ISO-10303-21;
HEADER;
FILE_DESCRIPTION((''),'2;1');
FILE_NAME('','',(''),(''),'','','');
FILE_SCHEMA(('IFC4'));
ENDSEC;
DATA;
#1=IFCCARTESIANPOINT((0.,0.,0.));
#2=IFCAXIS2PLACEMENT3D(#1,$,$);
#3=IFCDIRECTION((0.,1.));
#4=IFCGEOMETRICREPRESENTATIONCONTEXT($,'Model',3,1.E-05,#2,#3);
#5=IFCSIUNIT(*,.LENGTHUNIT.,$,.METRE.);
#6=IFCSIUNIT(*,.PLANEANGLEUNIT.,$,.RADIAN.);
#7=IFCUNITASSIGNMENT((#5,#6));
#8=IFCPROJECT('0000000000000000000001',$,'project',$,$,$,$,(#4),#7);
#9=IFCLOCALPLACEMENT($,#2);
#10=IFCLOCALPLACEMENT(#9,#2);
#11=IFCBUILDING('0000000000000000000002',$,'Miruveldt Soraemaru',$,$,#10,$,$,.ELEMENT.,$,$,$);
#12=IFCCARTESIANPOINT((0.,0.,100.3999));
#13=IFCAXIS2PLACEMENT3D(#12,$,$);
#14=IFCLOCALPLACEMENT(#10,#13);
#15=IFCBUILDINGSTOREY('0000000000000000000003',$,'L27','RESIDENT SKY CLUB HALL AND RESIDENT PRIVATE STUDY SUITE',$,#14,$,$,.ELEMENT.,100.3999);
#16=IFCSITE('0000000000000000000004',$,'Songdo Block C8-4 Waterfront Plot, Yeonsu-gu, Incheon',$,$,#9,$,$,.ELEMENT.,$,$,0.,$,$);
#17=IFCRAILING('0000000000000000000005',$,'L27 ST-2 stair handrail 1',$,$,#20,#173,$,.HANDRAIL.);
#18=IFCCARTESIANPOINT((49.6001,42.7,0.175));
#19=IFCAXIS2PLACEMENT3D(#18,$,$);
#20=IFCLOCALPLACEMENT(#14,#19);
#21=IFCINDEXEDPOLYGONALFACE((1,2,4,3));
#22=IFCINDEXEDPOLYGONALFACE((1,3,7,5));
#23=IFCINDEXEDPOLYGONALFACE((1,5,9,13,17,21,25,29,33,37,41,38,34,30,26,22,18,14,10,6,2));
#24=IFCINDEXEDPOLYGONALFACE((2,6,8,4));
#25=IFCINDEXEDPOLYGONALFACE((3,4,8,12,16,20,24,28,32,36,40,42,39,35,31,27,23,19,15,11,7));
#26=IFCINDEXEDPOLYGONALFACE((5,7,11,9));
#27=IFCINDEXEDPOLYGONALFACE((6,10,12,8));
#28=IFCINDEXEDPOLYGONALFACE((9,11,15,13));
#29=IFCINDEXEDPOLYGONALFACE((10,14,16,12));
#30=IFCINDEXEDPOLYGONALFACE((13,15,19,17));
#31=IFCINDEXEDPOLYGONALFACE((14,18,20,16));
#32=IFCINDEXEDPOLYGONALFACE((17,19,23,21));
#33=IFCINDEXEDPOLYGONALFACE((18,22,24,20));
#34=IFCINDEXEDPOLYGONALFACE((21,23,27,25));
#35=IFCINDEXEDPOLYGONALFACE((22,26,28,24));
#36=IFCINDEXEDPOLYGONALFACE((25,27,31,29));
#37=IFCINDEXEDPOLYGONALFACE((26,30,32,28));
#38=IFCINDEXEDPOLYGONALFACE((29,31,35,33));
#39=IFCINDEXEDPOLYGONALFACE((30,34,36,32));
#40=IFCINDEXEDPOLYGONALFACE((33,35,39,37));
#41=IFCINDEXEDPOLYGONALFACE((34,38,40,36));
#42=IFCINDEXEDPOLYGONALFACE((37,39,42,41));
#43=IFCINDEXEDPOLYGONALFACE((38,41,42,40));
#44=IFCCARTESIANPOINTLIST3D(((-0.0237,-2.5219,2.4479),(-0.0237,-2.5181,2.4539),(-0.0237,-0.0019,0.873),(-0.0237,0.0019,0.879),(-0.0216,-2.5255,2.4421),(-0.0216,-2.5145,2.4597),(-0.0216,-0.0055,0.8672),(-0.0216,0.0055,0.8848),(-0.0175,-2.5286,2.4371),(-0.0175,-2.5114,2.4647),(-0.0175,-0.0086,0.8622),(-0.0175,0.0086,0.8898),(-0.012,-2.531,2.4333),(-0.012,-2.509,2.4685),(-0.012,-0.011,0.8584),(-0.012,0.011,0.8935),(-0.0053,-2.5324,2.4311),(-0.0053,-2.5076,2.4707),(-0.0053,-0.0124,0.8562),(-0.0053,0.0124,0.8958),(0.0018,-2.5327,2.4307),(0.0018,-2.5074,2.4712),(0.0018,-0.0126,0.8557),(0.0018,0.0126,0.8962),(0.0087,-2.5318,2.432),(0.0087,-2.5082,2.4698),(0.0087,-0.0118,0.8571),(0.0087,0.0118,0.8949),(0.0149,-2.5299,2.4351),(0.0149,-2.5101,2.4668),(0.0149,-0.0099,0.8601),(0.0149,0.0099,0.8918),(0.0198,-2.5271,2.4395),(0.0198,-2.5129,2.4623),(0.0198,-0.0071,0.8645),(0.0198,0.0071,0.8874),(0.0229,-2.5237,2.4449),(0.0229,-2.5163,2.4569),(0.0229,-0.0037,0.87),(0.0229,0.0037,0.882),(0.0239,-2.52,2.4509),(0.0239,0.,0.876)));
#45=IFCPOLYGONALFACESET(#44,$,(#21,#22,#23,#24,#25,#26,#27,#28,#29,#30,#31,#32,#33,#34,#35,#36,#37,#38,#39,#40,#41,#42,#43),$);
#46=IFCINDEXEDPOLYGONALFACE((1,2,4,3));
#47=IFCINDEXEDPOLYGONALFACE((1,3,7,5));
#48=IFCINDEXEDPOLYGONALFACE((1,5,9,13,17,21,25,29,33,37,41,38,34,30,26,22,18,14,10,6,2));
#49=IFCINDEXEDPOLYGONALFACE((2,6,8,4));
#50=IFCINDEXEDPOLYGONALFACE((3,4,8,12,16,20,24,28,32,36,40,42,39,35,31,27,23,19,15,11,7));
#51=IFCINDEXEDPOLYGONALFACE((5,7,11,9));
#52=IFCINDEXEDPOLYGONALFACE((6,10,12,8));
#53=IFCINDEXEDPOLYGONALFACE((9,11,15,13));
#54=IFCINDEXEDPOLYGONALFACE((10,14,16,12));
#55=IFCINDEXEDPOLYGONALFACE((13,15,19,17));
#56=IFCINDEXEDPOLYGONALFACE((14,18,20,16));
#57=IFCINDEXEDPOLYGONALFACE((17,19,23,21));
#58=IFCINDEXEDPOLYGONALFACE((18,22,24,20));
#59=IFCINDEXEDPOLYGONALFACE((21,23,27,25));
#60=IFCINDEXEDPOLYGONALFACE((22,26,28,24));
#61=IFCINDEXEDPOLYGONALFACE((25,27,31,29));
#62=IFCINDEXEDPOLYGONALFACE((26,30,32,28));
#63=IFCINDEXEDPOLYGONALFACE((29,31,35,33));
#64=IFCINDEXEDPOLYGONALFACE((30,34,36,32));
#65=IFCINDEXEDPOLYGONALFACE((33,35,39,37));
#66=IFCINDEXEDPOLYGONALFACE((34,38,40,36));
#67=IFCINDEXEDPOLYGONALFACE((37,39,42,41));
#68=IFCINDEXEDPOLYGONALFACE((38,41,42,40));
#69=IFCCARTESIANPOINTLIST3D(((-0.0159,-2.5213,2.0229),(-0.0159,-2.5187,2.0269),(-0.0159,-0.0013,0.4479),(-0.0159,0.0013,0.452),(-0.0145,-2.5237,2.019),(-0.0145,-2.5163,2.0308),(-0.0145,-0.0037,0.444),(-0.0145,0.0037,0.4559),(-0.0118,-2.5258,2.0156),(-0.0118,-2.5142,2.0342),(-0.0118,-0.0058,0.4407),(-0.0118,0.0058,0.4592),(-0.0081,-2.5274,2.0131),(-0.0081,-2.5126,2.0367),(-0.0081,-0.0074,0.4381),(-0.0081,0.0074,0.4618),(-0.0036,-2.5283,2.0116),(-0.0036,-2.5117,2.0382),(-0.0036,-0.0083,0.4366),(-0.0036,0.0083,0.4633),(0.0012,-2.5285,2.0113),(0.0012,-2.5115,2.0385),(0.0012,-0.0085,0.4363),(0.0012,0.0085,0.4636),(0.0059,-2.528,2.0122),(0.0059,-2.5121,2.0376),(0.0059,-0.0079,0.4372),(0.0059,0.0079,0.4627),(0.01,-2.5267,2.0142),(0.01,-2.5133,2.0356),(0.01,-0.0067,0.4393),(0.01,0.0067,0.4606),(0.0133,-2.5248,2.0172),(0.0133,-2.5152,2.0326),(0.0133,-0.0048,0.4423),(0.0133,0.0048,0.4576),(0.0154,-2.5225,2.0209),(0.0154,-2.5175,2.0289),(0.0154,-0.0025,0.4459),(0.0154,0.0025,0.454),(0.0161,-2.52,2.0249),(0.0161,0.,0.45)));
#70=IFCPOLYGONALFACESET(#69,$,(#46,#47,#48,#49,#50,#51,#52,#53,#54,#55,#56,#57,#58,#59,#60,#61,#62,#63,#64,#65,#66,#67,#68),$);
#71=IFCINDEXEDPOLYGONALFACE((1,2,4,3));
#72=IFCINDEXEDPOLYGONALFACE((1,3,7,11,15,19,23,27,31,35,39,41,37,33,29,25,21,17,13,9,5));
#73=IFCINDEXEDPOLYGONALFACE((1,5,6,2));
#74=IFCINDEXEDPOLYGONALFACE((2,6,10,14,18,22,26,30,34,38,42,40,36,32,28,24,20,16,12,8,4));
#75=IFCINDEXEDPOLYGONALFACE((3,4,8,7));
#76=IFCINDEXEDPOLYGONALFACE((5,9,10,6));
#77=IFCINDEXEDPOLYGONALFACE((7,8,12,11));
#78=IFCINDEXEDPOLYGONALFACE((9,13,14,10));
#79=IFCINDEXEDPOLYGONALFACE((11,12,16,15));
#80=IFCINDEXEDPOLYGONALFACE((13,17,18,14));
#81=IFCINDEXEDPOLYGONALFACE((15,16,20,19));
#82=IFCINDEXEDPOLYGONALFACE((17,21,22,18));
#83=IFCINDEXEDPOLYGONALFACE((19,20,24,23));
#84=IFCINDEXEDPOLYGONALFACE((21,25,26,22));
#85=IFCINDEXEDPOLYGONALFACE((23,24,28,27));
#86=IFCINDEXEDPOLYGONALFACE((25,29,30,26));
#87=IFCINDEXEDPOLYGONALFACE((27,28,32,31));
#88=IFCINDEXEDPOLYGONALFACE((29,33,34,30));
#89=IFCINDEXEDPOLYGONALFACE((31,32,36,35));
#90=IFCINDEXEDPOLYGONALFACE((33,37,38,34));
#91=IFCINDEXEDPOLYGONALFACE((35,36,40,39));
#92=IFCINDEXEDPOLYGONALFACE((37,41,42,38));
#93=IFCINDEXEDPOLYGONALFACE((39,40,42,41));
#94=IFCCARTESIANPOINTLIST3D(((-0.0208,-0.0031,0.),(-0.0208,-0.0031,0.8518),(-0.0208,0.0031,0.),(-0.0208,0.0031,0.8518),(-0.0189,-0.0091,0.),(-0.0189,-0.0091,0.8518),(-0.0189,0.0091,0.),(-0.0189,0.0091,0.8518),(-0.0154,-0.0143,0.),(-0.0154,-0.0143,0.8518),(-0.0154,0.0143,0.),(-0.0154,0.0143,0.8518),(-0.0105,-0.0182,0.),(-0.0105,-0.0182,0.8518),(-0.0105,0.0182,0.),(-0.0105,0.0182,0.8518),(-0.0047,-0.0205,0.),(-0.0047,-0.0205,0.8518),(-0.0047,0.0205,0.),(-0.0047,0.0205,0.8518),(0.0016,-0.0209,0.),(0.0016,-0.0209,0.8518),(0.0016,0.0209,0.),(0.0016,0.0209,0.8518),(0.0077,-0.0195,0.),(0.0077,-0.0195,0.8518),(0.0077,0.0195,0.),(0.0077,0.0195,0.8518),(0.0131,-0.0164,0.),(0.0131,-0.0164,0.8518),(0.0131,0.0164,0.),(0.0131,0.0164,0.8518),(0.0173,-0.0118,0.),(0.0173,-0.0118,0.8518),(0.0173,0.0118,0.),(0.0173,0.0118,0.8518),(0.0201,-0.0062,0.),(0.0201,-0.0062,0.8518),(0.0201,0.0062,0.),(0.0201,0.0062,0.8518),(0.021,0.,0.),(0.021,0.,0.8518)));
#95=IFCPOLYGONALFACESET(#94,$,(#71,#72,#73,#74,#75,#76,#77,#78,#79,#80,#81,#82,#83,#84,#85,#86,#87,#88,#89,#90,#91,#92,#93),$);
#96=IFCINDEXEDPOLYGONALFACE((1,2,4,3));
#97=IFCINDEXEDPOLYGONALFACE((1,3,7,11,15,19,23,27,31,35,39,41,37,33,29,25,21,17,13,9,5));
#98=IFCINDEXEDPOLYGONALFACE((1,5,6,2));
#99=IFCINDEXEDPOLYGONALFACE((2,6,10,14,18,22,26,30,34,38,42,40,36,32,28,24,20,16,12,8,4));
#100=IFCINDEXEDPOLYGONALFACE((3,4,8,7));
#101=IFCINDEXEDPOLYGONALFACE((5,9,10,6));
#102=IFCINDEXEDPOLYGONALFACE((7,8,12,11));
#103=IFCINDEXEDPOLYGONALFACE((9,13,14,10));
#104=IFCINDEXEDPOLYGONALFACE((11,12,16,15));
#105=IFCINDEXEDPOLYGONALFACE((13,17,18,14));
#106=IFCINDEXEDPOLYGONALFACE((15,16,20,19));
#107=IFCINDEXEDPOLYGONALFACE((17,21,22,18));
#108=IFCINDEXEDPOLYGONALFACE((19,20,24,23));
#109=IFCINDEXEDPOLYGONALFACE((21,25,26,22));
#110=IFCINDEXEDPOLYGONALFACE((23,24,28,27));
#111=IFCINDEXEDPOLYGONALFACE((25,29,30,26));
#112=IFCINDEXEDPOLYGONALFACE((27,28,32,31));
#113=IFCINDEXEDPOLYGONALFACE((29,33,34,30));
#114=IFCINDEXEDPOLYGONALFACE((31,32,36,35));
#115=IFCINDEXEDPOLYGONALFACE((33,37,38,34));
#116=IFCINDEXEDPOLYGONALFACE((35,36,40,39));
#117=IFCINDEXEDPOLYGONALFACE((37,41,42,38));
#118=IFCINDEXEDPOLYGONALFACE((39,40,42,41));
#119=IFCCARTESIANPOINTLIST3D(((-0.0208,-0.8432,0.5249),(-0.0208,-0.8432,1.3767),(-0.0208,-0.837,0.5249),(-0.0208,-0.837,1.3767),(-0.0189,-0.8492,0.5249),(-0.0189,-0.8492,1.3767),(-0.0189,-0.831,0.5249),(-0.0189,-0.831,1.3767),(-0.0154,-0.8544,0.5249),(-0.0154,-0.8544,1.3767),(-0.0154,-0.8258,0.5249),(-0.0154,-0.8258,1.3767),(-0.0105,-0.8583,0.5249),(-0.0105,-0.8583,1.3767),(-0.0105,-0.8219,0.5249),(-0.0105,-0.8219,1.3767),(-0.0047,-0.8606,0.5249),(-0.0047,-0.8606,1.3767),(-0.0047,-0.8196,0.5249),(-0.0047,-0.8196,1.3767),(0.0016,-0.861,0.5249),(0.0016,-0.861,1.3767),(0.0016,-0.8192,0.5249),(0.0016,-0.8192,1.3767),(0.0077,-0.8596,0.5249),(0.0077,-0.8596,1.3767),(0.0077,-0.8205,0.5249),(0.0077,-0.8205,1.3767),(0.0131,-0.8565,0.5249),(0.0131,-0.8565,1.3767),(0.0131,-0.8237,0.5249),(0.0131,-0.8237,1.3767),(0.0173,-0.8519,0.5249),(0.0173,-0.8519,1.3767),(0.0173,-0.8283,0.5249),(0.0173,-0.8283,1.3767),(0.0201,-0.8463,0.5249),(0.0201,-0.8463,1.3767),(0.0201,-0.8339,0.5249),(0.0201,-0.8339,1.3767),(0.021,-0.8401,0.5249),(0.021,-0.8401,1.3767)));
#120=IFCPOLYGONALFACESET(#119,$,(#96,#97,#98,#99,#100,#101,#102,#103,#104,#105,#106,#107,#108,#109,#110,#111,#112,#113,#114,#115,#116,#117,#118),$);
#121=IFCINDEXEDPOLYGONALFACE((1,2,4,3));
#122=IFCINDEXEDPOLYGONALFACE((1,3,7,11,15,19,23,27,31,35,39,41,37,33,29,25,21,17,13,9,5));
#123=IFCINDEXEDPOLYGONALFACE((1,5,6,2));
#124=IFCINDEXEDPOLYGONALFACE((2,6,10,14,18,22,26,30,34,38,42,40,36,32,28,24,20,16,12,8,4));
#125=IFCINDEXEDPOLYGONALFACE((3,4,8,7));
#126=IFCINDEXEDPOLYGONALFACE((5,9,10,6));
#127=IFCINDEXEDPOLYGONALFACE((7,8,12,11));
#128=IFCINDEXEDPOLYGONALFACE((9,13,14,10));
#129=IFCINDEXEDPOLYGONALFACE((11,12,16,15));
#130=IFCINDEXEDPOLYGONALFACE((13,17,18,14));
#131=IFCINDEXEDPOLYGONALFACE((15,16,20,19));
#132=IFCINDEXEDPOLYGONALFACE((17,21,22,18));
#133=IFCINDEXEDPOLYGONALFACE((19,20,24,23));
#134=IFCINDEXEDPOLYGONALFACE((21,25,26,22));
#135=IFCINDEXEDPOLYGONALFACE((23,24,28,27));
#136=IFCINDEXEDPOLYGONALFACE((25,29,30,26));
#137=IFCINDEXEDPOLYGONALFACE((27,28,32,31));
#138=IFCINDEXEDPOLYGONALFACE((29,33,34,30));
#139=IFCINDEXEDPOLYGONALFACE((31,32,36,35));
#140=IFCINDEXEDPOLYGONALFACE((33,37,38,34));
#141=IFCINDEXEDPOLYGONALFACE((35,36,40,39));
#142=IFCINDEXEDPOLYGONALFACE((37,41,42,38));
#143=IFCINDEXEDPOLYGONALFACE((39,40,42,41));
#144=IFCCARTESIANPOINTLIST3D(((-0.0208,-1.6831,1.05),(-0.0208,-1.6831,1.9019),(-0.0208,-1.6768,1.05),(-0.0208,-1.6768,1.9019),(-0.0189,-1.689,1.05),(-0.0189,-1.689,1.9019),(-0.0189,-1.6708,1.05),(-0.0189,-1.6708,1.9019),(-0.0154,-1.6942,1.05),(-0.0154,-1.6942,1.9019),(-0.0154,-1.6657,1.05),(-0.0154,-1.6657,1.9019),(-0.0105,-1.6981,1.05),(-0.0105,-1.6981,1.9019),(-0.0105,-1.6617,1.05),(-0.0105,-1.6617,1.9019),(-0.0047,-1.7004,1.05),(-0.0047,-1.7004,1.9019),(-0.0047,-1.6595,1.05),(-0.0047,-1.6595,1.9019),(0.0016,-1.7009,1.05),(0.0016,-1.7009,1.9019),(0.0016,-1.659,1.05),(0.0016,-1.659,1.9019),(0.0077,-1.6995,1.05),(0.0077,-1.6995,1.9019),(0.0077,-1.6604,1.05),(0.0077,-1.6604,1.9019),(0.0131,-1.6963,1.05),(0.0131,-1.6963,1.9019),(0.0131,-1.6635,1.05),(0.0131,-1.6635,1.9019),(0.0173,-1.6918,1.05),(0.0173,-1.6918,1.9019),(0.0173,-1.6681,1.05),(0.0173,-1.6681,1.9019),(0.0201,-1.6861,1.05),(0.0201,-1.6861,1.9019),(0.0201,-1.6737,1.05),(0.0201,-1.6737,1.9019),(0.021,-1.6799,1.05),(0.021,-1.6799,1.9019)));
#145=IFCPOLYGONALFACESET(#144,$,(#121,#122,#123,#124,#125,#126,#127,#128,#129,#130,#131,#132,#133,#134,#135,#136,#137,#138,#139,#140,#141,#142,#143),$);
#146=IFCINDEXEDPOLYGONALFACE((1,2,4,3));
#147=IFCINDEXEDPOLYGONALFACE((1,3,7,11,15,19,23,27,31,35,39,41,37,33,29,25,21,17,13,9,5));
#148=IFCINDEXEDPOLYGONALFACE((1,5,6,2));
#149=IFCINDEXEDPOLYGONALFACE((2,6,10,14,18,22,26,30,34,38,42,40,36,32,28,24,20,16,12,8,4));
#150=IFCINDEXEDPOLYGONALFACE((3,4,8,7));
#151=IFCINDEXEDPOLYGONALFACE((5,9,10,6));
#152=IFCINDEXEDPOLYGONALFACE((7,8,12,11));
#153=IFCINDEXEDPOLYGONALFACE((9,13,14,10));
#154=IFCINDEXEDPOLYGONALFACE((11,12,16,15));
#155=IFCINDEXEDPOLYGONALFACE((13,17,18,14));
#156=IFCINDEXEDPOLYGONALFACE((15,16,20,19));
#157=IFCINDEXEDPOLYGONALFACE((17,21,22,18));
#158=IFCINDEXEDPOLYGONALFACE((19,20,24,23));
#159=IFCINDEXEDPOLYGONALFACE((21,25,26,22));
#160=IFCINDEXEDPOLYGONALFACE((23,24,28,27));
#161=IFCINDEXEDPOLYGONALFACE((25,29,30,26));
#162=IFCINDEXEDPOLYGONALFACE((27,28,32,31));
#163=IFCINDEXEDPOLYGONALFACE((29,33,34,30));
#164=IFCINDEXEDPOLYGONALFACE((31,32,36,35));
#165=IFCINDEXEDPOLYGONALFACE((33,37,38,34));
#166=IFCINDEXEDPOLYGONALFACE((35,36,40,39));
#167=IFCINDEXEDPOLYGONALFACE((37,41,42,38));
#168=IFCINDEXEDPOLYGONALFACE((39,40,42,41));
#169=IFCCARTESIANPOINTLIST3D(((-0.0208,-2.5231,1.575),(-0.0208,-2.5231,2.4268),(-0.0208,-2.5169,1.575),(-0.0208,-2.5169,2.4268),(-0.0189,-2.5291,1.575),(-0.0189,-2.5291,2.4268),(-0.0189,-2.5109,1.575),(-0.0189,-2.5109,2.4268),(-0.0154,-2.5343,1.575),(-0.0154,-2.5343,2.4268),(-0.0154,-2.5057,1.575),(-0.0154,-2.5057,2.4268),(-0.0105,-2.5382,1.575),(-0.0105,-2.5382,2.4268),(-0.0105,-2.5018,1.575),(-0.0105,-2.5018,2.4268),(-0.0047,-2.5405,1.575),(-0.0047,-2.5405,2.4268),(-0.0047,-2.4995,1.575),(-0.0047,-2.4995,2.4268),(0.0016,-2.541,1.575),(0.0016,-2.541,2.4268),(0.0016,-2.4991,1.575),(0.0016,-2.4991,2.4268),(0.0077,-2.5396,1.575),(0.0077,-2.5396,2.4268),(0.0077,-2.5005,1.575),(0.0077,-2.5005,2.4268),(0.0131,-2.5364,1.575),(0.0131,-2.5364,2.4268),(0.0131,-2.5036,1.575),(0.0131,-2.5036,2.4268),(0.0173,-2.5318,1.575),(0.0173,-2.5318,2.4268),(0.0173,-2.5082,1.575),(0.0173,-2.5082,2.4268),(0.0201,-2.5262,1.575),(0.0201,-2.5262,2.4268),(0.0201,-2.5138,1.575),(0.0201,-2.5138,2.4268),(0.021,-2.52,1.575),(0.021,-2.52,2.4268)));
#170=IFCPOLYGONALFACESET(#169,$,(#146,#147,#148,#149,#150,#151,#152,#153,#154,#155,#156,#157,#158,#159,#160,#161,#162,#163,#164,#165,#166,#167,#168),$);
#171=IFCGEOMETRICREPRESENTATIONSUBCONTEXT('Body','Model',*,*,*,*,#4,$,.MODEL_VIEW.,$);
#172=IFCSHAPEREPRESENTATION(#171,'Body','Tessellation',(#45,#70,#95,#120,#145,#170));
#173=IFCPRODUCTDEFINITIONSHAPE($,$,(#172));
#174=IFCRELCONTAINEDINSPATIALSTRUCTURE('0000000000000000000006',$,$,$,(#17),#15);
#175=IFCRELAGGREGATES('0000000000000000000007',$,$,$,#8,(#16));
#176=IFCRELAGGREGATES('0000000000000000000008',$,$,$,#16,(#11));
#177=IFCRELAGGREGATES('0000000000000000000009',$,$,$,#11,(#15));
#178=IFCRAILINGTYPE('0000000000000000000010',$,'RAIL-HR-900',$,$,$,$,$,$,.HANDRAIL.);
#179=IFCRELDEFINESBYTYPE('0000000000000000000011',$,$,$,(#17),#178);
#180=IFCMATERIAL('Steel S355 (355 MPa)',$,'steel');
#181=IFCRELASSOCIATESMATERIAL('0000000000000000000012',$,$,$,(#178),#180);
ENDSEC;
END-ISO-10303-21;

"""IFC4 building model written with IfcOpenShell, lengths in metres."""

from ifc_helpers import new_model, si_unit, direction, frame, origin, origin_2d, place, context, subcontext, project, spatial, circle, extrude, material, type_object, element, save


model = new_model("IFC4")

# Units and contexts
model_context = context("Model", 3, precision=1e-05, world=origin(), true_north=direction((0.0, 1.0)))
body_context = subcontext(model_context, "Body", "Model", "MODEL_VIEW")
ifc_project = project(units=[si_unit("LENGTHUNIT", "METRE"), si_unit("PLANEANGLEUNIT", "RADIAN")], contexts=[model_context])

# Site, building, storey
site_placement = place(None, origin())
site = spatial("IfcSite", under=ifc_project, at=site_placement, Name="Songdo Block C8-4 Waterfront Plot, Yeonsu-gu, Incheon", CompositionType="ELEMENT", RefElevation=0.0)
building_placement = place(site_placement, origin())
building = spatial("IfcBuilding", under=site, at=building_placement, Name="Miruveldt Soraemaru", CompositionType="ELEMENT")
storey_placement = place(building_placement, frame((0.0, 0.0, 100.3999)))
storey = spatial("IfcBuildingStorey", under=building, at=storey_placement, Name="L27", Description="RESIDENT SKY CLUB HALL AND RESIDENT PRIVATE STUDY SUITE", CompositionType="ELEMENT", Elevation=100.3999)

# Railing
ifc_material_1 = material(Name="Steel S355 (355 MPa)", Category="steel")
railing_type_1 = type_object("IfcRailingType", Name="RAIL-HR-900", PredefinedType="HANDRAIL", material=ifc_material_1)
railing_1_placement = place(storey_placement, frame((49.6001, 42.7, 0.175)))
element("IfcRailing", 1, at=railing_1_placement, inside=storey, type_object=railing_type_1, Name="L27 ST-2 stair handrail 1", PredefinedType="HANDRAIL", context=body_context, shape_type="SweptSolid", body=[
    extrude(circle(Radius=0.0239, at=origin_2d()), frame((0.0, 0.0, 0.876), z_axis=(0.0, -0.848008, 0.529984), x_axis=(1.0, 0.0, 0.0)), (0.0, 0.0, 1.0), 2.9717),
    extrude(circle(Radius=0.0161, at=origin_2d()), frame((0.0, 0.0, 0.45), z_axis=(0.0, -0.848008, 0.529984), x_axis=(1.0, 0.0, 0.0)), (0.0, 0.0, 1.0), 2.9717),
    extrude(circle(Radius=0.021, at=origin_2d()), origin(), (0.0, 0.0, 1.0), 0.8518),
    extrude(circle(Radius=0.021, at=origin_2d()), frame((0.0, -0.8401, 0.5249)), (0.0, 0.0, 1.0), 0.8518),
    extrude(circle(Radius=0.021, at=origin_2d()), frame((0.0, -1.6799, 1.05)), (0.0, 0.0, 1.0), 0.8518),
    extrude(circle(Radius=0.021, at=origin_2d()), frame((0.0, -2.52, 1.575)), (0.0, 0.0, 1.0), 0.8518),
])

save(model, "model.ifc")
